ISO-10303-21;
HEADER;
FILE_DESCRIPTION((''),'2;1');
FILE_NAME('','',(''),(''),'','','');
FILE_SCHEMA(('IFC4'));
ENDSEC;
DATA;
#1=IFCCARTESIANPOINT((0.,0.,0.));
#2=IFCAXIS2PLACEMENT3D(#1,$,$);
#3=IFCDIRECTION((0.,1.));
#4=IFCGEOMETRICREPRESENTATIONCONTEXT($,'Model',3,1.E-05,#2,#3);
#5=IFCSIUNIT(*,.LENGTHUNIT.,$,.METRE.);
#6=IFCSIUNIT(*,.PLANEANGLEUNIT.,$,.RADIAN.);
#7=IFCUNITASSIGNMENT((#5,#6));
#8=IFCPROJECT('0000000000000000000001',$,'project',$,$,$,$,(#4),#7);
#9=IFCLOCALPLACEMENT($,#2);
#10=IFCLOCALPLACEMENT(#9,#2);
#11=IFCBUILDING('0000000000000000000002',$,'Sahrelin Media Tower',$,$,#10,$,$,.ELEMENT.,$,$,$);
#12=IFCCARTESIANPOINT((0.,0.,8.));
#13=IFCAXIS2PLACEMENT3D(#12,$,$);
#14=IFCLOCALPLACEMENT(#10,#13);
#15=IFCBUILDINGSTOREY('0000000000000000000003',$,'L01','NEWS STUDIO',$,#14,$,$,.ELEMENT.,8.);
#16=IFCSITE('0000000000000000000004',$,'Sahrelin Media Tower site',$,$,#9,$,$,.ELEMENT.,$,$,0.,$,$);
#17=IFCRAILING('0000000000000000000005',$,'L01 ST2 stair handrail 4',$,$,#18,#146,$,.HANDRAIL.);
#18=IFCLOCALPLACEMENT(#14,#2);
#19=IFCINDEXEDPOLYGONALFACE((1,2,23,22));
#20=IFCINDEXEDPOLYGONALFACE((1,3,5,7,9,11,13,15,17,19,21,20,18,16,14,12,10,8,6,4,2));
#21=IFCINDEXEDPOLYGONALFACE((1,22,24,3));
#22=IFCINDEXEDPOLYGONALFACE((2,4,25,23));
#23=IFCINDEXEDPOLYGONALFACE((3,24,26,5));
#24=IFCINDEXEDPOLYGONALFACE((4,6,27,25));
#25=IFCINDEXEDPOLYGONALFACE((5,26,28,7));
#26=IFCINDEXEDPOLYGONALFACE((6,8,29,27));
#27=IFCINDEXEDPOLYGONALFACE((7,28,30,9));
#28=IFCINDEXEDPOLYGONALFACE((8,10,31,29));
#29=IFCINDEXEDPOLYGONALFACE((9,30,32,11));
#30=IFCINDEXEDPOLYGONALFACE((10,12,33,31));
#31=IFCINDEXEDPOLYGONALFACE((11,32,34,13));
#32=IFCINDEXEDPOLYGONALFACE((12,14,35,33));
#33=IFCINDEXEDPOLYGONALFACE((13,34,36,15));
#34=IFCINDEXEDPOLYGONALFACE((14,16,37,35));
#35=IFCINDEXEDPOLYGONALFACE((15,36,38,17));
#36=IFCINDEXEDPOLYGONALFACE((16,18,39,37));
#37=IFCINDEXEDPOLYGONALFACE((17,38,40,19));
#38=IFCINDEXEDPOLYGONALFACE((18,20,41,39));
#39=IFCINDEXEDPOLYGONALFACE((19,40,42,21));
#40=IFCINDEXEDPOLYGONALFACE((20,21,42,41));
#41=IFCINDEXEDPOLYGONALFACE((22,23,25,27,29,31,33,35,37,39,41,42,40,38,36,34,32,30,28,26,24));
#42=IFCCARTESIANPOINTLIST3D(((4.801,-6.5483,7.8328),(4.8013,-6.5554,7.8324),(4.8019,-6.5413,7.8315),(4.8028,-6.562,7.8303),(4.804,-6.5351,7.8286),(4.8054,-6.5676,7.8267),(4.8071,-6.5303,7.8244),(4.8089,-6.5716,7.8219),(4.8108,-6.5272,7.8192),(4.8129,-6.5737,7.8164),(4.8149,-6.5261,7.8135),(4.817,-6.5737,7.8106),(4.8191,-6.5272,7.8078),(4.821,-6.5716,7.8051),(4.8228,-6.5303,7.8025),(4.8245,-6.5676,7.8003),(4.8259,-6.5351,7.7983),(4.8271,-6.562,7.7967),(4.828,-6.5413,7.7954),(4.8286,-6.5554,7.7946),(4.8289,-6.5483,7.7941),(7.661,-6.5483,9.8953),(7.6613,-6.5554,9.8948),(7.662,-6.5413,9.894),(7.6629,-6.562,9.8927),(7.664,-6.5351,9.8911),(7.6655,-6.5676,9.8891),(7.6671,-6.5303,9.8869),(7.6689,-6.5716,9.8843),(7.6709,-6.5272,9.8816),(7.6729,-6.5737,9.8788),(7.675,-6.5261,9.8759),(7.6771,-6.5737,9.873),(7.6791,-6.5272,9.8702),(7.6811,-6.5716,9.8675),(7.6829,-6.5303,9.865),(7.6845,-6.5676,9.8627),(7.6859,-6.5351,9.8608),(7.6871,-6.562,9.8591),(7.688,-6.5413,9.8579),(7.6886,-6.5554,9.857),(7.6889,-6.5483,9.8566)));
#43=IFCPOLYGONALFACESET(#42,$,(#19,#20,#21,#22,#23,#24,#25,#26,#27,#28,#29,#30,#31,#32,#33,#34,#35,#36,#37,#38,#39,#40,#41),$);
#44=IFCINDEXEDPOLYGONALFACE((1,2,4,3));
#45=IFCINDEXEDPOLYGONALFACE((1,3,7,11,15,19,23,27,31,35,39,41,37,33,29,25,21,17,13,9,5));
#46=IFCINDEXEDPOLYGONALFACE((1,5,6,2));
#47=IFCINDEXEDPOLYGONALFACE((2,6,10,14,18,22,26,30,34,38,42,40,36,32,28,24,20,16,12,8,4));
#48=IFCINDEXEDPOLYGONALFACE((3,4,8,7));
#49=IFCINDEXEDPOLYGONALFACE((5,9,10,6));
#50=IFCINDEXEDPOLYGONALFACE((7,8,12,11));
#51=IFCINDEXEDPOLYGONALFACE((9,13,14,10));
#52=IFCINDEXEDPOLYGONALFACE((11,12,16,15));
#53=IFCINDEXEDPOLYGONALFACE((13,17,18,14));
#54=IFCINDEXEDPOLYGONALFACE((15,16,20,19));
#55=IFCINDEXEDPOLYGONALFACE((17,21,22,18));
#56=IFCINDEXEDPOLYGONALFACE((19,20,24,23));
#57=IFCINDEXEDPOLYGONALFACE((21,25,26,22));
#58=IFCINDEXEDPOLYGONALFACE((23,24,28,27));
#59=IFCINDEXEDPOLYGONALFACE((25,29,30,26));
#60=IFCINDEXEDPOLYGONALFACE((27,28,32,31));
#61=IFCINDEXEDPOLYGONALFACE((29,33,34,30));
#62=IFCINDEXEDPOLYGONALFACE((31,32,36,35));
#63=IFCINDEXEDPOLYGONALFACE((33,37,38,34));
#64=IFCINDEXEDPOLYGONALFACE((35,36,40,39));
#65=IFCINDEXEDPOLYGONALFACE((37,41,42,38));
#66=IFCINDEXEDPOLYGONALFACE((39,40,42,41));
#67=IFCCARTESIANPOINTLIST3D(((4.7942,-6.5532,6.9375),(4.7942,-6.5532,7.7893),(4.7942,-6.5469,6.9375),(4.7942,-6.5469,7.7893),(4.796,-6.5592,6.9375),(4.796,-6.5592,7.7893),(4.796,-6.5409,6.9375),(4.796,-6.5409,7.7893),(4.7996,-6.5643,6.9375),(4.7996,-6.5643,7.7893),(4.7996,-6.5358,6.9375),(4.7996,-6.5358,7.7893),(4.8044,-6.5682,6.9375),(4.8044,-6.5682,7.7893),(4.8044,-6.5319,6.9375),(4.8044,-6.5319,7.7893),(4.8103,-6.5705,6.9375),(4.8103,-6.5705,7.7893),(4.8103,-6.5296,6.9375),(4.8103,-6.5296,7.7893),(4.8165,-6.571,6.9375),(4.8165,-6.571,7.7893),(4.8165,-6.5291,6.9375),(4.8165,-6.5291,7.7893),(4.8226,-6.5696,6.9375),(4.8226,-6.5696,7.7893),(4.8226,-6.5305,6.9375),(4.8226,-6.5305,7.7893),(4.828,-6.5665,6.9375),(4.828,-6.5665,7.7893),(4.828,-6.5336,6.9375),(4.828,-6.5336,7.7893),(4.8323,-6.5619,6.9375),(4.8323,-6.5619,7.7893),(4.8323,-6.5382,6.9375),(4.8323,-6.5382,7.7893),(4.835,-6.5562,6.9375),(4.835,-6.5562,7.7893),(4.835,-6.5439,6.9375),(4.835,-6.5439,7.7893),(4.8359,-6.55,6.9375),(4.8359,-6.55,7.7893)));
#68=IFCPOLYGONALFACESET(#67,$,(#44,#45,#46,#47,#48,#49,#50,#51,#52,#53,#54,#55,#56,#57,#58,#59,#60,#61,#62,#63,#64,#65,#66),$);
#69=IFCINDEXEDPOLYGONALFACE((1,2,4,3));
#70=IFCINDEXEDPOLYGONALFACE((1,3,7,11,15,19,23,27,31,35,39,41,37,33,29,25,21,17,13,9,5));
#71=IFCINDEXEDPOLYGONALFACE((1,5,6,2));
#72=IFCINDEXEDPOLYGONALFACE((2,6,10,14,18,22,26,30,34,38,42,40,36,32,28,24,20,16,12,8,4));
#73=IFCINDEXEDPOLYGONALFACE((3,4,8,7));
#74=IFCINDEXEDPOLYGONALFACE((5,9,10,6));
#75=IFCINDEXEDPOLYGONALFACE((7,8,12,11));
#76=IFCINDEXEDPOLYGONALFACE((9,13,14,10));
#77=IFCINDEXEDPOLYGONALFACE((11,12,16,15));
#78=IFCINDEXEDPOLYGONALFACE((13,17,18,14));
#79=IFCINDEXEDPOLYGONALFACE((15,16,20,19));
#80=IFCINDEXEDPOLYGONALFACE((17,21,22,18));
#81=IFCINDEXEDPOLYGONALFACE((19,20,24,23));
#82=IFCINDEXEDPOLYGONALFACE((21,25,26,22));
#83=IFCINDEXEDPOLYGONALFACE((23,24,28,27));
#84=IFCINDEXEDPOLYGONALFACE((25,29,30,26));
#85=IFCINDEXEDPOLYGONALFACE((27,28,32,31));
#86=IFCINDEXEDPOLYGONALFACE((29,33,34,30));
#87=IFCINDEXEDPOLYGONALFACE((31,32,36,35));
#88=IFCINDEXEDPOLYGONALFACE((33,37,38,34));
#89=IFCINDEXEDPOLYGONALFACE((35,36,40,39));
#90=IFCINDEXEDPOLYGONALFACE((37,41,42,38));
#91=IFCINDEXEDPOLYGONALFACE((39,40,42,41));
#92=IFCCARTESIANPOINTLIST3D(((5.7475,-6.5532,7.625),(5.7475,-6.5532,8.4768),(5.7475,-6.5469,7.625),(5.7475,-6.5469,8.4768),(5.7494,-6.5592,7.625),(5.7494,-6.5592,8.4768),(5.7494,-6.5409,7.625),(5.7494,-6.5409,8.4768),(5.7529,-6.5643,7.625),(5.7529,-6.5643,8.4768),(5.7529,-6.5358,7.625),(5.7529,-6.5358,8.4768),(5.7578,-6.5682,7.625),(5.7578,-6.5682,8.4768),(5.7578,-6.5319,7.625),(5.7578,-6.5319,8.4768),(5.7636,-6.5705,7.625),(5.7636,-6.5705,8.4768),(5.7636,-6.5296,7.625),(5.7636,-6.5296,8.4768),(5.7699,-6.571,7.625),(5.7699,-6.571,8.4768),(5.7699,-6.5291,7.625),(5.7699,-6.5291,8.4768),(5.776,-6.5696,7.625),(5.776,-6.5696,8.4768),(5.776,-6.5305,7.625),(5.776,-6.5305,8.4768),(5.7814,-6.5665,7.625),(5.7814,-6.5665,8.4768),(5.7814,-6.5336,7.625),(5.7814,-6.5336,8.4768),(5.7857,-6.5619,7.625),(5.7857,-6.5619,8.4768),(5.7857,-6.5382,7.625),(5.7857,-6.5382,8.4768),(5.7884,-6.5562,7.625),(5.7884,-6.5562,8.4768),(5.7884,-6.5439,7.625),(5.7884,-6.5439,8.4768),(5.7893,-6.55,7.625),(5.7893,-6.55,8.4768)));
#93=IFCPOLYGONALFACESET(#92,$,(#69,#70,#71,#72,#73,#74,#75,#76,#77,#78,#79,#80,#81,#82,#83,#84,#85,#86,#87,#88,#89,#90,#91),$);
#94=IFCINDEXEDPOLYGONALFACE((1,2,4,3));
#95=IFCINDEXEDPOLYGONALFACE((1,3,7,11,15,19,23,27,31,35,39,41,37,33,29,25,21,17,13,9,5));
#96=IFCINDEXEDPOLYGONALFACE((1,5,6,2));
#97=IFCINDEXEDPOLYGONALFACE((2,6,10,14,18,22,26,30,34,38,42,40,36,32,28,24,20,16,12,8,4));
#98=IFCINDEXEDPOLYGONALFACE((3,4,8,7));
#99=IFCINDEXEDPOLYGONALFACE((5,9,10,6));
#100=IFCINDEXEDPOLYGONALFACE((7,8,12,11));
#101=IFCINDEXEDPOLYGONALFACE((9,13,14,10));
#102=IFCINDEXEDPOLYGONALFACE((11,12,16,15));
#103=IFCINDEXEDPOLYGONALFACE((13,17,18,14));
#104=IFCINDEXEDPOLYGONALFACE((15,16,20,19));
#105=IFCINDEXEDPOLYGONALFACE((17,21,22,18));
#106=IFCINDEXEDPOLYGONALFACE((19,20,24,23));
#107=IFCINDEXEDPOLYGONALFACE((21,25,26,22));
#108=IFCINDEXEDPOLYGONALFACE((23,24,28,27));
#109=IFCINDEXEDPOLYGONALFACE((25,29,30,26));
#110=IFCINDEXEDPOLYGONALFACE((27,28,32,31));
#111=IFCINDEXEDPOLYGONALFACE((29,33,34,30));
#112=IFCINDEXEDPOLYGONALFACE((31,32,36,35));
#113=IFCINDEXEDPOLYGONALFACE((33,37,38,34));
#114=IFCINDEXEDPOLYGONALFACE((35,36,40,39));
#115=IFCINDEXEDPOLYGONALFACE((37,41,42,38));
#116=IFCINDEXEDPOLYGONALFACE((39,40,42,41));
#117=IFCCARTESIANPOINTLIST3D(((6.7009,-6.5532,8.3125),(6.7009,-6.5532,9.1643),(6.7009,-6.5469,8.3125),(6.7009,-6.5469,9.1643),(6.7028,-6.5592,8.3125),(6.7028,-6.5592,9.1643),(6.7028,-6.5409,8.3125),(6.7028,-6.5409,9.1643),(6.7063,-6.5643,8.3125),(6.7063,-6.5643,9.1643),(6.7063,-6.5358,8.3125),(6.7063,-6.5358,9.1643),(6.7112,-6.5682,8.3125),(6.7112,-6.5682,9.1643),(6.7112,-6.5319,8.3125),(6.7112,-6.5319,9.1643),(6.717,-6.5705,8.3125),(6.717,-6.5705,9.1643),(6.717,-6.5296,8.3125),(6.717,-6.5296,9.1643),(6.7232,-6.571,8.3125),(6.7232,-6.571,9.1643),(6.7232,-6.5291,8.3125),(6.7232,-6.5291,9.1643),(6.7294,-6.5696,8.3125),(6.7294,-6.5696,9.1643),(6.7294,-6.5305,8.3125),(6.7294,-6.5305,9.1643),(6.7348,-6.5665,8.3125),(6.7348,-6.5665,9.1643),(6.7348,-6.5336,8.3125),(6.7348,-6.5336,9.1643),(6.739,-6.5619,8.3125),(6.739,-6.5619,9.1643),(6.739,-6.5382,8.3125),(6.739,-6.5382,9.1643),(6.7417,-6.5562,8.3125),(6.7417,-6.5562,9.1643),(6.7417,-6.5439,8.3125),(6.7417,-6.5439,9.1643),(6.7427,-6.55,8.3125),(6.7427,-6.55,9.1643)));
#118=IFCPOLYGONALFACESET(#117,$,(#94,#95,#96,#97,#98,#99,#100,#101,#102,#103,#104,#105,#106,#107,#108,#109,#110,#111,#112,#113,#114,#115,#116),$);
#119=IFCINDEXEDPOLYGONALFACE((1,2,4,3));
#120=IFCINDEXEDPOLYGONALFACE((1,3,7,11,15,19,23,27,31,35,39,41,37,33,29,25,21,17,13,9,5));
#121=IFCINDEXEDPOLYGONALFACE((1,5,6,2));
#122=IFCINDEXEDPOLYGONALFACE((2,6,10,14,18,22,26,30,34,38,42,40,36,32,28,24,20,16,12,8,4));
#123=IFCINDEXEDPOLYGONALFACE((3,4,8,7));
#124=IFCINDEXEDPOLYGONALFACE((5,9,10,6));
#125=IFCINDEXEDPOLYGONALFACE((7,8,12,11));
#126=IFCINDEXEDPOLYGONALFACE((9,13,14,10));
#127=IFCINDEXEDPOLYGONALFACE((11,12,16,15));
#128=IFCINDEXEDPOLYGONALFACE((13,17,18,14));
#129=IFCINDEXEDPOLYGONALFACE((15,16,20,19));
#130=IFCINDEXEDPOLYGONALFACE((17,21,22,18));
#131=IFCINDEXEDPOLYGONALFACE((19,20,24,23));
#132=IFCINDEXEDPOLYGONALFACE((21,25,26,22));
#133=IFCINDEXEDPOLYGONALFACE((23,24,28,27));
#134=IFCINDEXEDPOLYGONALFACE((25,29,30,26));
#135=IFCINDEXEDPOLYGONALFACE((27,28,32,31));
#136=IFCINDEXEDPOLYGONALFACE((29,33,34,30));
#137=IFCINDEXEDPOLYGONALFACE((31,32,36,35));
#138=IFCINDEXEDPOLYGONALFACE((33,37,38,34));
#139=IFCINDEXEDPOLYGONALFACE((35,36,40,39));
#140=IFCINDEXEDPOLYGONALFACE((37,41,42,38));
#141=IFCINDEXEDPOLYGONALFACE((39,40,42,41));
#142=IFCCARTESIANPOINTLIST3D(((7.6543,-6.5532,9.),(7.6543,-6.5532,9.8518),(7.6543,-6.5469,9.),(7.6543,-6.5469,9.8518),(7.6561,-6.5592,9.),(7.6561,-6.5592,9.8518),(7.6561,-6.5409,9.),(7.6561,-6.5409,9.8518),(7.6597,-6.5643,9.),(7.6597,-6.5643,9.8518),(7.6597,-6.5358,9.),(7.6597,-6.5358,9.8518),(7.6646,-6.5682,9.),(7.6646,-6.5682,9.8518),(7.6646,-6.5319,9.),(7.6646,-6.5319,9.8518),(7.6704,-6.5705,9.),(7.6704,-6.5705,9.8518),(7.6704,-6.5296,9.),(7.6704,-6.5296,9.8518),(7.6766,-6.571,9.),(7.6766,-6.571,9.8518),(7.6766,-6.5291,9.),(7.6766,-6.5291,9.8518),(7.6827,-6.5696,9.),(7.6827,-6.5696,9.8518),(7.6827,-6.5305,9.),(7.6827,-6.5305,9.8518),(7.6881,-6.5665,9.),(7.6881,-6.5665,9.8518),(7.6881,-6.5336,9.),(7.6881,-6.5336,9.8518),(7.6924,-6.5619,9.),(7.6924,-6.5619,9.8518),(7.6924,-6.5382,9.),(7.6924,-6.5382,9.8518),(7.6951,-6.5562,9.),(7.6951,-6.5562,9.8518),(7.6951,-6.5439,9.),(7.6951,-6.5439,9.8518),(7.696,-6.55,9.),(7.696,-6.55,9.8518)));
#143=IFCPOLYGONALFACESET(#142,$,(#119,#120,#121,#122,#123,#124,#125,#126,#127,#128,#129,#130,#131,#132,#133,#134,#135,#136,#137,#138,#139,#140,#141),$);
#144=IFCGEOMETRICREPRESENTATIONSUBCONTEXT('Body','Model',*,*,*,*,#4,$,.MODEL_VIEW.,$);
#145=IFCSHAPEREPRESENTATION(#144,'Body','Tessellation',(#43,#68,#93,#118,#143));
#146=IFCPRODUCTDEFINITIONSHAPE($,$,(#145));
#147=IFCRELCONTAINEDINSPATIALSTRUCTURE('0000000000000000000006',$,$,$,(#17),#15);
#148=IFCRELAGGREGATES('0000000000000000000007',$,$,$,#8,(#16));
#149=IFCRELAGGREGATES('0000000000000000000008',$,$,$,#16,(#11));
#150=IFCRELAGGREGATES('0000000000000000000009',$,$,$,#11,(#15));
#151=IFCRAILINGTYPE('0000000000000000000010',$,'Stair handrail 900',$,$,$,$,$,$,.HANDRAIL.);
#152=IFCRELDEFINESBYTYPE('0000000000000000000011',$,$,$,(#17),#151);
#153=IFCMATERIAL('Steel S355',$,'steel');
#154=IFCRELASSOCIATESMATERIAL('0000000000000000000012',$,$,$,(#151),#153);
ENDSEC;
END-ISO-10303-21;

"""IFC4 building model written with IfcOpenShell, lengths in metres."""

from ifc_helpers import new_model, si_unit, direction, frame, origin, origin_2d, place, context, subcontext, project, spatial, circle, extrude, material, type_object, element, save


model = new_model("IFC4")

# Units and contexts
model_context = context("Model", 3, precision=1e-05, world=origin(), true_north=direction((0.0, 1.0)))
body_context = subcontext(model_context, "Body", "Model", "MODEL_VIEW")
ifc_project = project(units=[si_unit("LENGTHUNIT", "METRE"), si_unit("PLANEANGLEUNIT", "RADIAN")], contexts=[model_context])

# Site, building, storey
site_placement = place(None, origin())
site = spatial("IfcSite", under=ifc_project, at=site_placement, Name="Sahrelin Media Tower site", CompositionType="ELEMENT", RefElevation=0.0)
building_placement = place(site_placement, origin())
building = spatial("IfcBuilding", under=site, at=building_placement, Name="Sahrelin Media Tower", CompositionType="ELEMENT")
storey_placement = place(building_placement, frame((0.0, 0.0, 8.0)))
storey = spatial("IfcBuildingStorey", under=building, at=storey_placement, Name="L01", Description="NEWS STUDIO", CompositionType="ELEMENT", Elevation=8.0)

# Railing
ifc_material_1 = material(Name="Steel S355", Category="steel")
railing_type_1 = type_object("IfcRailingType", Name="Stair handrail 900", PredefinedType="HANDRAIL", material=ifc_material_1)
railing_1_placement = place(storey_placement, frame((4.8149, -6.55, 6.9375)))
element("IfcRailing", 1, at=railing_1_placement, inside=storey, type_object=railing_type_1, Name="L01 ST2 stair handrail 4", PredefinedType="HANDRAIL", context=body_context, shape_type="SweptSolid", body=[
    extrude(circle(Radius=0.0239, at=origin_2d()), frame((0.0, 0.0, 0.876), z_axis=(0.811101, 0.0, 0.584906), x_axis=(0.0, 1.0, 0.0)), (0.0, 0.0, 1.0), 3.5261),
    extrude(circle(Radius=0.021, at=origin_2d()), origin(), (0.0, 0.0, 1.0), 0.8518),
    extrude(circle(Radius=0.021, at=origin_2d()), frame((0.9534, 0.0, 0.6875)), (0.0, 0.0, 1.0), 0.8518),
    extrude(circle(Radius=0.021, at=origin_2d()), frame((1.9067, 0.0, 1.375)), (0.0, 0.0, 1.0), 0.8518),
    extrude(circle(Radius=0.021, at=origin_2d()), frame((2.8601, 0.0, 2.0625)), (0.0, 0.0, 1.0), 0.8518),
])

save(model, "model.ifc")
